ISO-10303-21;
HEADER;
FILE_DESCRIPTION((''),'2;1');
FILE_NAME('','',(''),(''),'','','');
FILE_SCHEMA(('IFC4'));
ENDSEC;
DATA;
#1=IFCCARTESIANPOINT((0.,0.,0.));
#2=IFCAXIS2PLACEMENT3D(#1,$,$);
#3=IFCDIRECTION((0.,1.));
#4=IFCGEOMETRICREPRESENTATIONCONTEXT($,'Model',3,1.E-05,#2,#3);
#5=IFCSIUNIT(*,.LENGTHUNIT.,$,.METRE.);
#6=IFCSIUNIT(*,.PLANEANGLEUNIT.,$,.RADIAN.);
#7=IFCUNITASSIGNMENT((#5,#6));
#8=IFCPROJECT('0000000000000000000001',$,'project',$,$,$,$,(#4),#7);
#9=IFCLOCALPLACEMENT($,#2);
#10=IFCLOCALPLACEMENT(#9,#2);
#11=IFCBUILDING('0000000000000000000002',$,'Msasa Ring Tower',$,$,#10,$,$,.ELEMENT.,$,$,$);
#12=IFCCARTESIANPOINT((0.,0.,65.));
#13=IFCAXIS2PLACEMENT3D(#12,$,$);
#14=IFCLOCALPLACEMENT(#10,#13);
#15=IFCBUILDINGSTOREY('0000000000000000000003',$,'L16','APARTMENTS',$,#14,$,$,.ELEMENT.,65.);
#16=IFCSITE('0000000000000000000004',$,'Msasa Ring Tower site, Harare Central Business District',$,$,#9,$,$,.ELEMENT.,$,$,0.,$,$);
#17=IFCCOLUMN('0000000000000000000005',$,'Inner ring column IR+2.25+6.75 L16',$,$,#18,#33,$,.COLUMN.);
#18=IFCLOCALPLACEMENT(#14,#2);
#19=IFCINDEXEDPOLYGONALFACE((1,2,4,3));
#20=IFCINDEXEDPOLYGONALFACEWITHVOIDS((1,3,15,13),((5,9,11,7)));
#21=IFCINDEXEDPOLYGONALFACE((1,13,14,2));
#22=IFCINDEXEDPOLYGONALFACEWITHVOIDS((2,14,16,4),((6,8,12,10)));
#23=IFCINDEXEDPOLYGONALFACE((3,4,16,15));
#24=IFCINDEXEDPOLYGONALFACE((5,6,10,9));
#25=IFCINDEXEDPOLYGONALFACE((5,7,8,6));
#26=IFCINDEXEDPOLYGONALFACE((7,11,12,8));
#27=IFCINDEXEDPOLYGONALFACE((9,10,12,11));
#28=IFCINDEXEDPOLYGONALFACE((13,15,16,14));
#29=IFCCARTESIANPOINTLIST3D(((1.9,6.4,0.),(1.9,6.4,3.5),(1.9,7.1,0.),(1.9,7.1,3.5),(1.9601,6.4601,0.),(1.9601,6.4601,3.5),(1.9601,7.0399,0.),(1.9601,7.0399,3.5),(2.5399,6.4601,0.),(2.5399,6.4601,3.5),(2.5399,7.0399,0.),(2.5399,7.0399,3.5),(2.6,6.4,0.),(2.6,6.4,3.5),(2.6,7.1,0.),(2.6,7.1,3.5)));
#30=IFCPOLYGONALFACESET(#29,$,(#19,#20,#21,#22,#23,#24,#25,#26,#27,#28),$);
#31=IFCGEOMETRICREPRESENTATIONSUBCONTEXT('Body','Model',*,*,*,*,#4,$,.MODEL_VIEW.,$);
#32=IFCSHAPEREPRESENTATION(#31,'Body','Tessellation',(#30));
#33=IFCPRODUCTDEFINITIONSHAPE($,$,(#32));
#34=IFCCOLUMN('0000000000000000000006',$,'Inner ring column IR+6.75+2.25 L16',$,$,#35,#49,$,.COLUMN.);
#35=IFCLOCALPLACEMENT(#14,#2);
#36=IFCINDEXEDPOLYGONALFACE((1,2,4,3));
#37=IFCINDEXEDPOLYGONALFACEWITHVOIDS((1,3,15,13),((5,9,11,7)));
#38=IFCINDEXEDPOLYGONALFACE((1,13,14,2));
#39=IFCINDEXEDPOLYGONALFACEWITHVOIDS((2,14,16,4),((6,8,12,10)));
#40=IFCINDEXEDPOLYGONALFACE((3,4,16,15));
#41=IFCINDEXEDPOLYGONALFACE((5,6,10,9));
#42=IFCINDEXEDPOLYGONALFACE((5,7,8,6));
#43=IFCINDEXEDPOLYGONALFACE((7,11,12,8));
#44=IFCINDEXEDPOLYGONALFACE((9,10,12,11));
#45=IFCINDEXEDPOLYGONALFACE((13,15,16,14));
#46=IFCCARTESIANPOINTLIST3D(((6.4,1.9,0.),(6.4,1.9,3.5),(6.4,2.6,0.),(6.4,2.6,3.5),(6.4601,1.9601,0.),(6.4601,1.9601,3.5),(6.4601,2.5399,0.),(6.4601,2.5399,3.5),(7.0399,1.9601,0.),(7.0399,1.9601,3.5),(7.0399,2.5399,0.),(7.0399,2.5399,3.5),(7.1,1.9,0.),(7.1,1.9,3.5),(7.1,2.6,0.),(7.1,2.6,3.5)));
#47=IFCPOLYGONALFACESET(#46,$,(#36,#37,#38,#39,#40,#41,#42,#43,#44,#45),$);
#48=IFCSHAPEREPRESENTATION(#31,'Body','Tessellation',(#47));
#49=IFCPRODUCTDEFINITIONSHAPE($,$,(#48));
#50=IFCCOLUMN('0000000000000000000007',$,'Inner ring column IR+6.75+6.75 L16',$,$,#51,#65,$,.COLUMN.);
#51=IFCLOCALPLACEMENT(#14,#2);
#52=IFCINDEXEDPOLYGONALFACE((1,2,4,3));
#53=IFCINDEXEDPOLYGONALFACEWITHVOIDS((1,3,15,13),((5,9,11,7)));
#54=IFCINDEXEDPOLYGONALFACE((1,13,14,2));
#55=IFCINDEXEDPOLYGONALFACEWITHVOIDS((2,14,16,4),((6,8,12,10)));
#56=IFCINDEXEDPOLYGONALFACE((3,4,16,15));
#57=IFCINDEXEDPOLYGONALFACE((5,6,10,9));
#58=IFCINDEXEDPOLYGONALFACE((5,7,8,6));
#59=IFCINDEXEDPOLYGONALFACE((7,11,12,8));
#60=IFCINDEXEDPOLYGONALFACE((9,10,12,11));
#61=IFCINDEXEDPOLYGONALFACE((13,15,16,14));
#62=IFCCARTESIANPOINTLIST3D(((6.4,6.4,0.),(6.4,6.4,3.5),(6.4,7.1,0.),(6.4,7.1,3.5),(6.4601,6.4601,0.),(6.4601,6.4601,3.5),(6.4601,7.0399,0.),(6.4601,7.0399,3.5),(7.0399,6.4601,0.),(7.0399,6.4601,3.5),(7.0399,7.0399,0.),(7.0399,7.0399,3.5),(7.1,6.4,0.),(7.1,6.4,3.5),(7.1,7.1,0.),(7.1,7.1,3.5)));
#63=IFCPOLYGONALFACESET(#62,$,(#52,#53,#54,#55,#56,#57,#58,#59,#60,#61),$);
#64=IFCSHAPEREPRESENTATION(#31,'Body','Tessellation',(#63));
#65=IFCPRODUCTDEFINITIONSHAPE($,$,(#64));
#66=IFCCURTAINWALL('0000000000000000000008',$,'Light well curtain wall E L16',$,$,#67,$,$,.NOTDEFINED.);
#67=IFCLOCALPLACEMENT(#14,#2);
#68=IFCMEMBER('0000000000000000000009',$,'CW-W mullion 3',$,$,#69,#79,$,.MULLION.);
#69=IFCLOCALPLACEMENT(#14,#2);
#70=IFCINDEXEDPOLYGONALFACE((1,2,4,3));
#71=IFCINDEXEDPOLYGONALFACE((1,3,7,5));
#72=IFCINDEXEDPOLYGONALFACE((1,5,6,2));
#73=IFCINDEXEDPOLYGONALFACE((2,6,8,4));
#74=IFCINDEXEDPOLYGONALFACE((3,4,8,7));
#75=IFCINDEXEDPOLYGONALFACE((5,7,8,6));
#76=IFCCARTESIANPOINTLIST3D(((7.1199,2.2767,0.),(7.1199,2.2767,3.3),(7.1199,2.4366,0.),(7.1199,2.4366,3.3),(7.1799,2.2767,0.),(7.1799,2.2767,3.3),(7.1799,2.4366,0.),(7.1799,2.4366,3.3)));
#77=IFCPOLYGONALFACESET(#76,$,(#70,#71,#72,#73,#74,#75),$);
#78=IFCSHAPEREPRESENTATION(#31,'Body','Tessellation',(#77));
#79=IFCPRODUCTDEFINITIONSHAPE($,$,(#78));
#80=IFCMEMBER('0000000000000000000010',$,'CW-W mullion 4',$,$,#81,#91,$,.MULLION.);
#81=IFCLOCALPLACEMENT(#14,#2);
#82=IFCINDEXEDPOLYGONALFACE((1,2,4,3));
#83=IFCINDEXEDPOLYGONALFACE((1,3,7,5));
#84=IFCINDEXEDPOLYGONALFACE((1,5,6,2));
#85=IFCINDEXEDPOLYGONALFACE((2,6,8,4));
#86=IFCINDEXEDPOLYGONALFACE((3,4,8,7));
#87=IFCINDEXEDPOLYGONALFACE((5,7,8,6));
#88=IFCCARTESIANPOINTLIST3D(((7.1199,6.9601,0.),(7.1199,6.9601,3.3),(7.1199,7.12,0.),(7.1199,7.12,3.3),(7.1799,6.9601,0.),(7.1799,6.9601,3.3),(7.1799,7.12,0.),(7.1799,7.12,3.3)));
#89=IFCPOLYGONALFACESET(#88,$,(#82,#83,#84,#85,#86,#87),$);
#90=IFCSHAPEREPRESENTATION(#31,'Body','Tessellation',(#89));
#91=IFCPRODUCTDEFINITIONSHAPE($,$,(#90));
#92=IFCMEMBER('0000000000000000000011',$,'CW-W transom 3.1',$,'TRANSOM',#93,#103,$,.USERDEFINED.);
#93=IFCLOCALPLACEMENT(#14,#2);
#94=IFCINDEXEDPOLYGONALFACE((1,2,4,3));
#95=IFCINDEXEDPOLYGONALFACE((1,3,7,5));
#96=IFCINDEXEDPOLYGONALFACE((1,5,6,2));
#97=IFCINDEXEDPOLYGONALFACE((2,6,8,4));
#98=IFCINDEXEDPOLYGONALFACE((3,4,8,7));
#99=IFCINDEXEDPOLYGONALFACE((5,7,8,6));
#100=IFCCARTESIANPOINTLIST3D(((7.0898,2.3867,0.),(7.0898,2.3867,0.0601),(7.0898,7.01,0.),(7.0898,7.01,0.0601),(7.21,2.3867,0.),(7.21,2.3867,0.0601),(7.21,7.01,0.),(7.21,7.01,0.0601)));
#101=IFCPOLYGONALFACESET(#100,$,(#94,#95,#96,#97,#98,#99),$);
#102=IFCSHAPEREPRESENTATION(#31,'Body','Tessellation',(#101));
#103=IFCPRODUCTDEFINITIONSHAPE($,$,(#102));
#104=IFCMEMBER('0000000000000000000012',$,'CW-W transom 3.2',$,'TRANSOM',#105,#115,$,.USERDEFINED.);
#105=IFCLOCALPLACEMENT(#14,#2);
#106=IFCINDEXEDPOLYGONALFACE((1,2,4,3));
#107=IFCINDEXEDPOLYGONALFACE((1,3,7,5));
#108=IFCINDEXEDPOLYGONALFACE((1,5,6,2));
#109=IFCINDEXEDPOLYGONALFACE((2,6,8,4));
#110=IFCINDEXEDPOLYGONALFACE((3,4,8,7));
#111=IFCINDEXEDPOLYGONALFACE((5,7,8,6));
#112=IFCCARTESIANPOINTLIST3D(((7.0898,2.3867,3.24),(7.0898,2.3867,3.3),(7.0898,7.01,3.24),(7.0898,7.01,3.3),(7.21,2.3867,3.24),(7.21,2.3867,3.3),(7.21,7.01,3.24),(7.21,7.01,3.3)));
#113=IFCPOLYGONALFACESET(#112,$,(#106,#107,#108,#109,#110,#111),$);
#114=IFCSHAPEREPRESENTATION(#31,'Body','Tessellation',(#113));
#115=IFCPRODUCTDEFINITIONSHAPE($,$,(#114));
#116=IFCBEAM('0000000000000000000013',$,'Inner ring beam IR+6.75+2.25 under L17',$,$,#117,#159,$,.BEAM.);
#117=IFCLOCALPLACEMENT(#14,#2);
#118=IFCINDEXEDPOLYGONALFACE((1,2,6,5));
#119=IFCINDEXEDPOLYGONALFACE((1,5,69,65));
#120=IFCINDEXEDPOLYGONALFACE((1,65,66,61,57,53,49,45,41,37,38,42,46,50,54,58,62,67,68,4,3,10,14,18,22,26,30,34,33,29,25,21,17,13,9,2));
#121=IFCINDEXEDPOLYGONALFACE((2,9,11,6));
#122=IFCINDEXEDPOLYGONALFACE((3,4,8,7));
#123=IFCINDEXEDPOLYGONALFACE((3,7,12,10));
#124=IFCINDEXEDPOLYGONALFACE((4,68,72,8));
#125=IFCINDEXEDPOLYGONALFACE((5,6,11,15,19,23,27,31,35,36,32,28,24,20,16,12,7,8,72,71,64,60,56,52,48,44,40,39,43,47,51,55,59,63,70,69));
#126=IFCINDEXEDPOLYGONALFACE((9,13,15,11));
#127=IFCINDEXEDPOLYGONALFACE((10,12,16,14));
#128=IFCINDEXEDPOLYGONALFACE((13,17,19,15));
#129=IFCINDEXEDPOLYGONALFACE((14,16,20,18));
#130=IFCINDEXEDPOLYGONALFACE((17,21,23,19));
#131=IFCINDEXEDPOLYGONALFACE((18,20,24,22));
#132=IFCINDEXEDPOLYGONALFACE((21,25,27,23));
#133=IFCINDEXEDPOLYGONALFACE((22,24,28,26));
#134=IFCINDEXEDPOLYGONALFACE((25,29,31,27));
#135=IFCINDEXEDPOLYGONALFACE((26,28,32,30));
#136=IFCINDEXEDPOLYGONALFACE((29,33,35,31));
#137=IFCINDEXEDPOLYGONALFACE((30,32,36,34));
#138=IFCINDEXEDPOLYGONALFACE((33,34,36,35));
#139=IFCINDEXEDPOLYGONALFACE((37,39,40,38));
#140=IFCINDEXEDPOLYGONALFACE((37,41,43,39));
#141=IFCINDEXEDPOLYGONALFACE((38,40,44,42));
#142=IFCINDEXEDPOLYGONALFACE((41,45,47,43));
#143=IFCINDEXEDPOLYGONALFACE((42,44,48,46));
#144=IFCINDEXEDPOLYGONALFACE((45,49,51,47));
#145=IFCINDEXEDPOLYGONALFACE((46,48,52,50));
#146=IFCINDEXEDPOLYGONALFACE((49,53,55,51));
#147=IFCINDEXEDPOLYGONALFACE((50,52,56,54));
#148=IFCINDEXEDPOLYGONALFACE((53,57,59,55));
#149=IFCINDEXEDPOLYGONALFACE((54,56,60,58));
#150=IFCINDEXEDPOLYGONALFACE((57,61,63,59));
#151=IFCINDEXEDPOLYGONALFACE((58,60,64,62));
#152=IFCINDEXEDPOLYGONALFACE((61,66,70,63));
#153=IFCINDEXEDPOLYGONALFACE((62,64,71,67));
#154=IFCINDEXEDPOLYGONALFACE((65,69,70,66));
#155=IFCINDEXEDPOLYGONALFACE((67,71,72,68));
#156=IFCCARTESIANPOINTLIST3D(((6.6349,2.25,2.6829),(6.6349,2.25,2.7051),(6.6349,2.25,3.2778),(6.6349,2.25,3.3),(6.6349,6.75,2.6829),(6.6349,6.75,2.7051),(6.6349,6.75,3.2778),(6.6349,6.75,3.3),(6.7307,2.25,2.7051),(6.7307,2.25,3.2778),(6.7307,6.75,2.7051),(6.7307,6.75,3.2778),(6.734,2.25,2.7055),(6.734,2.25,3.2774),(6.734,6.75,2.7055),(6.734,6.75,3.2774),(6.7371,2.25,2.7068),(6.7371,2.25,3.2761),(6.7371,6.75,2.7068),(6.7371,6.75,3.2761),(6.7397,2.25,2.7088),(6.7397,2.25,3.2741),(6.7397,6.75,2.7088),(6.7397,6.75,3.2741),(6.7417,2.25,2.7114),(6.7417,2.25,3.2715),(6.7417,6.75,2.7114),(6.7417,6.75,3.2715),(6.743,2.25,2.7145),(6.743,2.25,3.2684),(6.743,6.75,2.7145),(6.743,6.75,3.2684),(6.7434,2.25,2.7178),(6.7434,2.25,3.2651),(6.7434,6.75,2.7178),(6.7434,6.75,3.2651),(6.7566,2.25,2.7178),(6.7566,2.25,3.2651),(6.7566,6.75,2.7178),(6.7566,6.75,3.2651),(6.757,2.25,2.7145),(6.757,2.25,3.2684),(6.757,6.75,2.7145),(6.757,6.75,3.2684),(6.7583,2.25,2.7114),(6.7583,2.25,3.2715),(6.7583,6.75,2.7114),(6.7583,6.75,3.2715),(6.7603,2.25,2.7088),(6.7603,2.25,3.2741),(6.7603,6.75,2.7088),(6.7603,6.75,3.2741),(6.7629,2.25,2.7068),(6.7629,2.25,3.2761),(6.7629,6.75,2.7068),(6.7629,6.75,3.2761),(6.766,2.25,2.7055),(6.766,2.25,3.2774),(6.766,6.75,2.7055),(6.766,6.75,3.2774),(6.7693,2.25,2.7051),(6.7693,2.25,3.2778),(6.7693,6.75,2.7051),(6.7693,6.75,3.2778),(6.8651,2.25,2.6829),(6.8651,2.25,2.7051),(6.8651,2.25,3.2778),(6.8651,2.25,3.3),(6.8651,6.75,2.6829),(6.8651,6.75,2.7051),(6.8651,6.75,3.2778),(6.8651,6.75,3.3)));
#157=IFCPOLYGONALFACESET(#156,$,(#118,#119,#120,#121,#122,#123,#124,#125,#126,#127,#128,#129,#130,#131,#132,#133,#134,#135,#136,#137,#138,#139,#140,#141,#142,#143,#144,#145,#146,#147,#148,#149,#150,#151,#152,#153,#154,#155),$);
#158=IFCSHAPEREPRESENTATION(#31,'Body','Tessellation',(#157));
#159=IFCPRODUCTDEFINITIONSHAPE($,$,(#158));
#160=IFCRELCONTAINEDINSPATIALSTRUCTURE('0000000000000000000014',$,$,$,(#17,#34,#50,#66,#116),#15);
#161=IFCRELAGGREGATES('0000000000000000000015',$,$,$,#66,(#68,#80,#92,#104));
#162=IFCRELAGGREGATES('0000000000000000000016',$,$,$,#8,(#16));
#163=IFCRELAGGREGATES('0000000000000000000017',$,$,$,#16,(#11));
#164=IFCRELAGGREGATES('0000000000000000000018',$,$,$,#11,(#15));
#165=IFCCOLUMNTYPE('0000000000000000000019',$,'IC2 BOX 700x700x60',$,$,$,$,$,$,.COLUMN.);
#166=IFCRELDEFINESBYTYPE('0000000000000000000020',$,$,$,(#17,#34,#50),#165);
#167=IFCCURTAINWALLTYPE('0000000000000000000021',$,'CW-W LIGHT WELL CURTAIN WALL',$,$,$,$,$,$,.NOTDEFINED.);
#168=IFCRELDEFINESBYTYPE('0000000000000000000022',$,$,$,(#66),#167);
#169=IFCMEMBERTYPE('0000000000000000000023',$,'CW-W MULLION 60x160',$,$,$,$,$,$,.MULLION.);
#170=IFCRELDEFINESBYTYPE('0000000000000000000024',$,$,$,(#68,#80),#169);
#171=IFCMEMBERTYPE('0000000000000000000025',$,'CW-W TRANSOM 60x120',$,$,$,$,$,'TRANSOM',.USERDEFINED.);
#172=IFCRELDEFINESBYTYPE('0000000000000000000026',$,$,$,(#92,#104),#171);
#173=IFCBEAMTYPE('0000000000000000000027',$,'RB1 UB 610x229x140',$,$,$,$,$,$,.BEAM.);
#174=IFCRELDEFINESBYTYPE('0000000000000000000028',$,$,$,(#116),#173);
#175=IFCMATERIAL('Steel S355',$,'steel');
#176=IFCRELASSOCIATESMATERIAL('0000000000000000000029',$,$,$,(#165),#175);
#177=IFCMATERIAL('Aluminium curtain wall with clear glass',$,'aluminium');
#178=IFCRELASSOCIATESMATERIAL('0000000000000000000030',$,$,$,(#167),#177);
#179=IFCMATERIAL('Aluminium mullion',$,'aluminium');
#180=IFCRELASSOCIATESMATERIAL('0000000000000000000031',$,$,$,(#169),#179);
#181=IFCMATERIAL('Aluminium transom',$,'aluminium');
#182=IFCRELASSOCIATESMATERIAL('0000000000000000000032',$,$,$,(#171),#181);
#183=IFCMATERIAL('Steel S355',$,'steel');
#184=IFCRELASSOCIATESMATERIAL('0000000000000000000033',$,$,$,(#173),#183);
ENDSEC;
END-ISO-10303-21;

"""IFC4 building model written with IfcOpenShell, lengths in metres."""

from ifc_helpers import new_model, si_unit, direction, frame, origin, origin_2d, place, context, subcontext, project, spatial, rectangle, hollow_rectangle, i_section, extrude, material, material_profile, profile_set, type_object, element, aggregate, save


model = new_model("IFC4")

# Units and contexts
model_context = context("Model", 3, precision=1e-05, world=origin(), true_north=direction((0.0, 1.0)))
body_context = subcontext(model_context, "Body", "Model", "MODEL_VIEW")
ifc_project = project(units=[si_unit("LENGTHUNIT", "METRE"), si_unit("PLANEANGLEUNIT", "RADIAN")], contexts=[model_context])

# Site, building, storey
site_placement = place(None, origin())
site = spatial("IfcSite", under=ifc_project, at=site_placement, Name="Msasa Ring Tower site, Harare Central Business District", CompositionType="ELEMENT", RefElevation=0.0)
building_placement = place(site_placement, origin())
building = spatial("IfcBuilding", under=site, at=building_placement, Name="Msasa Ring Tower", CompositionType="ELEMENT")
storey_placement = place(building_placement, frame((0.0, 0.0, 65.0)))
storey = spatial("IfcBuildingStorey", under=building, at=storey_placement, Name="L16", Description="APARTMENTS", CompositionType="ELEMENT", Elevation=65.0)

# Columns
ifc_material_1 = material(Name="Steel S355", Category="steel")
ifc_material_profile_1 = material_profile(ifc_material_1, hollow_rectangle(XDim=0.7, YDim=0.7, WallThickness=0.0601, at=origin_2d()), Name="BOX 700x700x60")
ifc_profile_set_1 = profile_set([ifc_material_profile_1], Name="Steel S355")
column_type = type_object("IfcColumnType", Name="IC2 BOX 700x700x60", PredefinedType="COLUMN", material=ifc_profile_set_1)
for number, where, z_axis, x_axis, name in (
    (1, (2.25, 6.75, 0.0), (0.0, 0.0, 1.0), (1.0, 0.0, 0.0), "Inner ring column IR+2.25+6.75 L16"),
    (2, (6.75, 2.25, 0.0), (0.0, 0.0, 1.0), (1.0, 0.0, 0.0), "Inner ring column IR+6.75+2.25 L16"),
    (3, (6.75, 6.75, 0.0), (0.0, 0.0, 1.0), (1.0, 0.0, 0.0), "Inner ring column IR+6.75+6.75 L16"),
):
    element("IfcColumn", number, at=place(storey_placement, frame(where, z_axis=z_axis, x_axis=x_axis)), inside=storey, type_object=column_type, Name=name, PredefinedType="COLUMN", context=body_context, shape_type="SweptSolid", body=[
        extrude(hollow_rectangle(XDim=0.7, YDim=0.7, WallThickness=0.0601, at=origin_2d()), origin(), (0.0, 0.0, 1.0), 3.5),
    ])

# Curtain wall, members
ifc_material_2 = material(Name="Aluminium curtain wall with clear glass", Category="aluminium")
curtain_wall_type = type_object("IfcCurtainWallType", Name="CW-W LIGHT WELL CURTAIN WALL", PredefinedType="NOTDEFINED", material=ifc_material_2)
curtain_wall_placement = place(storey_placement, origin())
curtain_wall = element("IfcCurtainWall", 4, at=curtain_wall_placement, inside=storey, type_object=curtain_wall_type, Name="Light well curtain wall E L16", PredefinedType="NOTDEFINED")
ifc_material_3 = material(Name="Aluminium mullion", Category="aluminium")
ifc_material_profile_2 = material_profile(ifc_material_3, rectangle(XDim=0.0601, YDim=0.1599, at=origin_2d()), Name="AL 60x160")
ifc_profile_set_2 = profile_set([ifc_material_profile_2], Name="Aluminium mullion")
member_type_1 = type_object("IfcMemberType", Name="CW-W MULLION 60x160", PredefinedType="MULLION", material=ifc_profile_set_2)
member_1_placement = place(storey_placement, frame((7.1499, 2.3567, 0.0), z_axis=(0.0, 0.0, 1.0), x_axis=(-1.0, 0.0, 0.0)))
member_1 = element("IfcMember", 5, at=member_1_placement, type_object=member_type_1, Name="CW-W mullion 3", PredefinedType="MULLION", context=body_context, shape_type="SweptSolid", body=[
    extrude(rectangle(XDim=0.0601, YDim=0.1599, at=origin_2d()), origin(), (0.0, 0.0, 1.0), 3.3),
])
member_2_placement = place(storey_placement, frame((7.1499, 7.04, 0.0), z_axis=(0.0, 0.0, 1.0), x_axis=(-1.0, 0.0, 0.0)))
member_2 = element("IfcMember", 6, at=member_2_placement, type_object=member_type_1, Name="CW-W mullion 4", PredefinedType="MULLION", context=body_context, shape_type="SweptSolid", body=[
    extrude(rectangle(XDim=0.0601, YDim=0.1599, at=origin_2d()), origin(), (0.0, 0.0, 1.0), 3.3),
])
ifc_material_4 = material(Name="Aluminium transom", Category="aluminium")
ifc_material_profile_3 = material_profile(ifc_material_4, rectangle(XDim=0.1201, YDim=0.0601, at=origin_2d()), Name="AL 60x120")
ifc_profile_set_3 = profile_set([ifc_material_profile_3], Name="Aluminium transom")
member_type_2 = type_object("IfcMemberType", Name="CW-W TRANSOM 60x120", ElementType="TRANSOM", PredefinedType="USERDEFINED", material=ifc_profile_set_3)
member_3_placement = place(storey_placement, frame((7.1499, 2.3867, 0.03), z_axis=(0.0, 1.0, 0.0), x_axis=(-1.0, 0.0, 0.0)))
member_3 = element("IfcMember", 7, at=member_3_placement, type_object=member_type_2, Name="CW-W transom 3.1", ObjectType="TRANSOM", PredefinedType="USERDEFINED", context=body_context, shape_type="SweptSolid", body=[
    extrude(rectangle(XDim=0.1201, YDim=0.0601, at=origin_2d()), origin(), (0.0, 0.0, 1.0), 4.6233),
])
member_4_placement = place(storey_placement, frame((7.1499, 2.3867, 3.27), z_axis=(0.0, 1.0, 0.0), x_axis=(-1.0, 0.0, 0.0)))
member_4 = element("IfcMember", 8, at=member_4_placement, type_object=member_type_2, Name="CW-W transom 3.2", ObjectType="TRANSOM", PredefinedType="USERDEFINED", context=body_context, shape_type="SweptSolid", body=[
    extrude(rectangle(XDim=0.1201, YDim=0.0601, at=origin_2d()), origin(), (0.0, 0.0, 1.0), 4.6233),
])

# Beam
ifc_material_5 = material(Name="Steel S355", Category="steel")
ifc_material_profile_4 = material_profile(ifc_material_5, i_section(OverallWidth=0.2302, OverallDepth=0.6172, WebThickness=0.0132, FlangeThickness=0.0222, FilletRadius=0.0127, at=origin_2d()), Name="UB 610x229x140")
ifc_profile_set_4 = profile_set([ifc_material_profile_4], Name="Steel S355")
beam_type = type_object("IfcBeamType", Name="RB1 UB 610x229x140", PredefinedType="BEAM", material=ifc_profile_set_4)
for number, where, z_axis, x_axis, name in (
    (9, (6.75, 2.25, 2.9915), (0.0, 1.0, 0.0), (-1.0, 0.0, 0.0), "Inner ring beam IR+6.75+2.25 under L17"),
):
    element("IfcBeam", number, at=place(storey_placement, frame(where, z_axis=z_axis, x_axis=x_axis)), inside=storey, type_object=beam_type, Name=name, PredefinedType="BEAM", context=body_context, shape_type="SweptSolid", body=[
        extrude(i_section(OverallWidth=0.2302, OverallDepth=0.6172, WebThickness=0.0132, FlangeThickness=0.0222, FilletRadius=0.0127, at=origin_2d()), origin(), (0.0, 0.0, 1.0), 4.5),
    ])

aggregate(curtain_wall, [member_1, member_2, member_3, member_4])

save(model, "model.ifc")
